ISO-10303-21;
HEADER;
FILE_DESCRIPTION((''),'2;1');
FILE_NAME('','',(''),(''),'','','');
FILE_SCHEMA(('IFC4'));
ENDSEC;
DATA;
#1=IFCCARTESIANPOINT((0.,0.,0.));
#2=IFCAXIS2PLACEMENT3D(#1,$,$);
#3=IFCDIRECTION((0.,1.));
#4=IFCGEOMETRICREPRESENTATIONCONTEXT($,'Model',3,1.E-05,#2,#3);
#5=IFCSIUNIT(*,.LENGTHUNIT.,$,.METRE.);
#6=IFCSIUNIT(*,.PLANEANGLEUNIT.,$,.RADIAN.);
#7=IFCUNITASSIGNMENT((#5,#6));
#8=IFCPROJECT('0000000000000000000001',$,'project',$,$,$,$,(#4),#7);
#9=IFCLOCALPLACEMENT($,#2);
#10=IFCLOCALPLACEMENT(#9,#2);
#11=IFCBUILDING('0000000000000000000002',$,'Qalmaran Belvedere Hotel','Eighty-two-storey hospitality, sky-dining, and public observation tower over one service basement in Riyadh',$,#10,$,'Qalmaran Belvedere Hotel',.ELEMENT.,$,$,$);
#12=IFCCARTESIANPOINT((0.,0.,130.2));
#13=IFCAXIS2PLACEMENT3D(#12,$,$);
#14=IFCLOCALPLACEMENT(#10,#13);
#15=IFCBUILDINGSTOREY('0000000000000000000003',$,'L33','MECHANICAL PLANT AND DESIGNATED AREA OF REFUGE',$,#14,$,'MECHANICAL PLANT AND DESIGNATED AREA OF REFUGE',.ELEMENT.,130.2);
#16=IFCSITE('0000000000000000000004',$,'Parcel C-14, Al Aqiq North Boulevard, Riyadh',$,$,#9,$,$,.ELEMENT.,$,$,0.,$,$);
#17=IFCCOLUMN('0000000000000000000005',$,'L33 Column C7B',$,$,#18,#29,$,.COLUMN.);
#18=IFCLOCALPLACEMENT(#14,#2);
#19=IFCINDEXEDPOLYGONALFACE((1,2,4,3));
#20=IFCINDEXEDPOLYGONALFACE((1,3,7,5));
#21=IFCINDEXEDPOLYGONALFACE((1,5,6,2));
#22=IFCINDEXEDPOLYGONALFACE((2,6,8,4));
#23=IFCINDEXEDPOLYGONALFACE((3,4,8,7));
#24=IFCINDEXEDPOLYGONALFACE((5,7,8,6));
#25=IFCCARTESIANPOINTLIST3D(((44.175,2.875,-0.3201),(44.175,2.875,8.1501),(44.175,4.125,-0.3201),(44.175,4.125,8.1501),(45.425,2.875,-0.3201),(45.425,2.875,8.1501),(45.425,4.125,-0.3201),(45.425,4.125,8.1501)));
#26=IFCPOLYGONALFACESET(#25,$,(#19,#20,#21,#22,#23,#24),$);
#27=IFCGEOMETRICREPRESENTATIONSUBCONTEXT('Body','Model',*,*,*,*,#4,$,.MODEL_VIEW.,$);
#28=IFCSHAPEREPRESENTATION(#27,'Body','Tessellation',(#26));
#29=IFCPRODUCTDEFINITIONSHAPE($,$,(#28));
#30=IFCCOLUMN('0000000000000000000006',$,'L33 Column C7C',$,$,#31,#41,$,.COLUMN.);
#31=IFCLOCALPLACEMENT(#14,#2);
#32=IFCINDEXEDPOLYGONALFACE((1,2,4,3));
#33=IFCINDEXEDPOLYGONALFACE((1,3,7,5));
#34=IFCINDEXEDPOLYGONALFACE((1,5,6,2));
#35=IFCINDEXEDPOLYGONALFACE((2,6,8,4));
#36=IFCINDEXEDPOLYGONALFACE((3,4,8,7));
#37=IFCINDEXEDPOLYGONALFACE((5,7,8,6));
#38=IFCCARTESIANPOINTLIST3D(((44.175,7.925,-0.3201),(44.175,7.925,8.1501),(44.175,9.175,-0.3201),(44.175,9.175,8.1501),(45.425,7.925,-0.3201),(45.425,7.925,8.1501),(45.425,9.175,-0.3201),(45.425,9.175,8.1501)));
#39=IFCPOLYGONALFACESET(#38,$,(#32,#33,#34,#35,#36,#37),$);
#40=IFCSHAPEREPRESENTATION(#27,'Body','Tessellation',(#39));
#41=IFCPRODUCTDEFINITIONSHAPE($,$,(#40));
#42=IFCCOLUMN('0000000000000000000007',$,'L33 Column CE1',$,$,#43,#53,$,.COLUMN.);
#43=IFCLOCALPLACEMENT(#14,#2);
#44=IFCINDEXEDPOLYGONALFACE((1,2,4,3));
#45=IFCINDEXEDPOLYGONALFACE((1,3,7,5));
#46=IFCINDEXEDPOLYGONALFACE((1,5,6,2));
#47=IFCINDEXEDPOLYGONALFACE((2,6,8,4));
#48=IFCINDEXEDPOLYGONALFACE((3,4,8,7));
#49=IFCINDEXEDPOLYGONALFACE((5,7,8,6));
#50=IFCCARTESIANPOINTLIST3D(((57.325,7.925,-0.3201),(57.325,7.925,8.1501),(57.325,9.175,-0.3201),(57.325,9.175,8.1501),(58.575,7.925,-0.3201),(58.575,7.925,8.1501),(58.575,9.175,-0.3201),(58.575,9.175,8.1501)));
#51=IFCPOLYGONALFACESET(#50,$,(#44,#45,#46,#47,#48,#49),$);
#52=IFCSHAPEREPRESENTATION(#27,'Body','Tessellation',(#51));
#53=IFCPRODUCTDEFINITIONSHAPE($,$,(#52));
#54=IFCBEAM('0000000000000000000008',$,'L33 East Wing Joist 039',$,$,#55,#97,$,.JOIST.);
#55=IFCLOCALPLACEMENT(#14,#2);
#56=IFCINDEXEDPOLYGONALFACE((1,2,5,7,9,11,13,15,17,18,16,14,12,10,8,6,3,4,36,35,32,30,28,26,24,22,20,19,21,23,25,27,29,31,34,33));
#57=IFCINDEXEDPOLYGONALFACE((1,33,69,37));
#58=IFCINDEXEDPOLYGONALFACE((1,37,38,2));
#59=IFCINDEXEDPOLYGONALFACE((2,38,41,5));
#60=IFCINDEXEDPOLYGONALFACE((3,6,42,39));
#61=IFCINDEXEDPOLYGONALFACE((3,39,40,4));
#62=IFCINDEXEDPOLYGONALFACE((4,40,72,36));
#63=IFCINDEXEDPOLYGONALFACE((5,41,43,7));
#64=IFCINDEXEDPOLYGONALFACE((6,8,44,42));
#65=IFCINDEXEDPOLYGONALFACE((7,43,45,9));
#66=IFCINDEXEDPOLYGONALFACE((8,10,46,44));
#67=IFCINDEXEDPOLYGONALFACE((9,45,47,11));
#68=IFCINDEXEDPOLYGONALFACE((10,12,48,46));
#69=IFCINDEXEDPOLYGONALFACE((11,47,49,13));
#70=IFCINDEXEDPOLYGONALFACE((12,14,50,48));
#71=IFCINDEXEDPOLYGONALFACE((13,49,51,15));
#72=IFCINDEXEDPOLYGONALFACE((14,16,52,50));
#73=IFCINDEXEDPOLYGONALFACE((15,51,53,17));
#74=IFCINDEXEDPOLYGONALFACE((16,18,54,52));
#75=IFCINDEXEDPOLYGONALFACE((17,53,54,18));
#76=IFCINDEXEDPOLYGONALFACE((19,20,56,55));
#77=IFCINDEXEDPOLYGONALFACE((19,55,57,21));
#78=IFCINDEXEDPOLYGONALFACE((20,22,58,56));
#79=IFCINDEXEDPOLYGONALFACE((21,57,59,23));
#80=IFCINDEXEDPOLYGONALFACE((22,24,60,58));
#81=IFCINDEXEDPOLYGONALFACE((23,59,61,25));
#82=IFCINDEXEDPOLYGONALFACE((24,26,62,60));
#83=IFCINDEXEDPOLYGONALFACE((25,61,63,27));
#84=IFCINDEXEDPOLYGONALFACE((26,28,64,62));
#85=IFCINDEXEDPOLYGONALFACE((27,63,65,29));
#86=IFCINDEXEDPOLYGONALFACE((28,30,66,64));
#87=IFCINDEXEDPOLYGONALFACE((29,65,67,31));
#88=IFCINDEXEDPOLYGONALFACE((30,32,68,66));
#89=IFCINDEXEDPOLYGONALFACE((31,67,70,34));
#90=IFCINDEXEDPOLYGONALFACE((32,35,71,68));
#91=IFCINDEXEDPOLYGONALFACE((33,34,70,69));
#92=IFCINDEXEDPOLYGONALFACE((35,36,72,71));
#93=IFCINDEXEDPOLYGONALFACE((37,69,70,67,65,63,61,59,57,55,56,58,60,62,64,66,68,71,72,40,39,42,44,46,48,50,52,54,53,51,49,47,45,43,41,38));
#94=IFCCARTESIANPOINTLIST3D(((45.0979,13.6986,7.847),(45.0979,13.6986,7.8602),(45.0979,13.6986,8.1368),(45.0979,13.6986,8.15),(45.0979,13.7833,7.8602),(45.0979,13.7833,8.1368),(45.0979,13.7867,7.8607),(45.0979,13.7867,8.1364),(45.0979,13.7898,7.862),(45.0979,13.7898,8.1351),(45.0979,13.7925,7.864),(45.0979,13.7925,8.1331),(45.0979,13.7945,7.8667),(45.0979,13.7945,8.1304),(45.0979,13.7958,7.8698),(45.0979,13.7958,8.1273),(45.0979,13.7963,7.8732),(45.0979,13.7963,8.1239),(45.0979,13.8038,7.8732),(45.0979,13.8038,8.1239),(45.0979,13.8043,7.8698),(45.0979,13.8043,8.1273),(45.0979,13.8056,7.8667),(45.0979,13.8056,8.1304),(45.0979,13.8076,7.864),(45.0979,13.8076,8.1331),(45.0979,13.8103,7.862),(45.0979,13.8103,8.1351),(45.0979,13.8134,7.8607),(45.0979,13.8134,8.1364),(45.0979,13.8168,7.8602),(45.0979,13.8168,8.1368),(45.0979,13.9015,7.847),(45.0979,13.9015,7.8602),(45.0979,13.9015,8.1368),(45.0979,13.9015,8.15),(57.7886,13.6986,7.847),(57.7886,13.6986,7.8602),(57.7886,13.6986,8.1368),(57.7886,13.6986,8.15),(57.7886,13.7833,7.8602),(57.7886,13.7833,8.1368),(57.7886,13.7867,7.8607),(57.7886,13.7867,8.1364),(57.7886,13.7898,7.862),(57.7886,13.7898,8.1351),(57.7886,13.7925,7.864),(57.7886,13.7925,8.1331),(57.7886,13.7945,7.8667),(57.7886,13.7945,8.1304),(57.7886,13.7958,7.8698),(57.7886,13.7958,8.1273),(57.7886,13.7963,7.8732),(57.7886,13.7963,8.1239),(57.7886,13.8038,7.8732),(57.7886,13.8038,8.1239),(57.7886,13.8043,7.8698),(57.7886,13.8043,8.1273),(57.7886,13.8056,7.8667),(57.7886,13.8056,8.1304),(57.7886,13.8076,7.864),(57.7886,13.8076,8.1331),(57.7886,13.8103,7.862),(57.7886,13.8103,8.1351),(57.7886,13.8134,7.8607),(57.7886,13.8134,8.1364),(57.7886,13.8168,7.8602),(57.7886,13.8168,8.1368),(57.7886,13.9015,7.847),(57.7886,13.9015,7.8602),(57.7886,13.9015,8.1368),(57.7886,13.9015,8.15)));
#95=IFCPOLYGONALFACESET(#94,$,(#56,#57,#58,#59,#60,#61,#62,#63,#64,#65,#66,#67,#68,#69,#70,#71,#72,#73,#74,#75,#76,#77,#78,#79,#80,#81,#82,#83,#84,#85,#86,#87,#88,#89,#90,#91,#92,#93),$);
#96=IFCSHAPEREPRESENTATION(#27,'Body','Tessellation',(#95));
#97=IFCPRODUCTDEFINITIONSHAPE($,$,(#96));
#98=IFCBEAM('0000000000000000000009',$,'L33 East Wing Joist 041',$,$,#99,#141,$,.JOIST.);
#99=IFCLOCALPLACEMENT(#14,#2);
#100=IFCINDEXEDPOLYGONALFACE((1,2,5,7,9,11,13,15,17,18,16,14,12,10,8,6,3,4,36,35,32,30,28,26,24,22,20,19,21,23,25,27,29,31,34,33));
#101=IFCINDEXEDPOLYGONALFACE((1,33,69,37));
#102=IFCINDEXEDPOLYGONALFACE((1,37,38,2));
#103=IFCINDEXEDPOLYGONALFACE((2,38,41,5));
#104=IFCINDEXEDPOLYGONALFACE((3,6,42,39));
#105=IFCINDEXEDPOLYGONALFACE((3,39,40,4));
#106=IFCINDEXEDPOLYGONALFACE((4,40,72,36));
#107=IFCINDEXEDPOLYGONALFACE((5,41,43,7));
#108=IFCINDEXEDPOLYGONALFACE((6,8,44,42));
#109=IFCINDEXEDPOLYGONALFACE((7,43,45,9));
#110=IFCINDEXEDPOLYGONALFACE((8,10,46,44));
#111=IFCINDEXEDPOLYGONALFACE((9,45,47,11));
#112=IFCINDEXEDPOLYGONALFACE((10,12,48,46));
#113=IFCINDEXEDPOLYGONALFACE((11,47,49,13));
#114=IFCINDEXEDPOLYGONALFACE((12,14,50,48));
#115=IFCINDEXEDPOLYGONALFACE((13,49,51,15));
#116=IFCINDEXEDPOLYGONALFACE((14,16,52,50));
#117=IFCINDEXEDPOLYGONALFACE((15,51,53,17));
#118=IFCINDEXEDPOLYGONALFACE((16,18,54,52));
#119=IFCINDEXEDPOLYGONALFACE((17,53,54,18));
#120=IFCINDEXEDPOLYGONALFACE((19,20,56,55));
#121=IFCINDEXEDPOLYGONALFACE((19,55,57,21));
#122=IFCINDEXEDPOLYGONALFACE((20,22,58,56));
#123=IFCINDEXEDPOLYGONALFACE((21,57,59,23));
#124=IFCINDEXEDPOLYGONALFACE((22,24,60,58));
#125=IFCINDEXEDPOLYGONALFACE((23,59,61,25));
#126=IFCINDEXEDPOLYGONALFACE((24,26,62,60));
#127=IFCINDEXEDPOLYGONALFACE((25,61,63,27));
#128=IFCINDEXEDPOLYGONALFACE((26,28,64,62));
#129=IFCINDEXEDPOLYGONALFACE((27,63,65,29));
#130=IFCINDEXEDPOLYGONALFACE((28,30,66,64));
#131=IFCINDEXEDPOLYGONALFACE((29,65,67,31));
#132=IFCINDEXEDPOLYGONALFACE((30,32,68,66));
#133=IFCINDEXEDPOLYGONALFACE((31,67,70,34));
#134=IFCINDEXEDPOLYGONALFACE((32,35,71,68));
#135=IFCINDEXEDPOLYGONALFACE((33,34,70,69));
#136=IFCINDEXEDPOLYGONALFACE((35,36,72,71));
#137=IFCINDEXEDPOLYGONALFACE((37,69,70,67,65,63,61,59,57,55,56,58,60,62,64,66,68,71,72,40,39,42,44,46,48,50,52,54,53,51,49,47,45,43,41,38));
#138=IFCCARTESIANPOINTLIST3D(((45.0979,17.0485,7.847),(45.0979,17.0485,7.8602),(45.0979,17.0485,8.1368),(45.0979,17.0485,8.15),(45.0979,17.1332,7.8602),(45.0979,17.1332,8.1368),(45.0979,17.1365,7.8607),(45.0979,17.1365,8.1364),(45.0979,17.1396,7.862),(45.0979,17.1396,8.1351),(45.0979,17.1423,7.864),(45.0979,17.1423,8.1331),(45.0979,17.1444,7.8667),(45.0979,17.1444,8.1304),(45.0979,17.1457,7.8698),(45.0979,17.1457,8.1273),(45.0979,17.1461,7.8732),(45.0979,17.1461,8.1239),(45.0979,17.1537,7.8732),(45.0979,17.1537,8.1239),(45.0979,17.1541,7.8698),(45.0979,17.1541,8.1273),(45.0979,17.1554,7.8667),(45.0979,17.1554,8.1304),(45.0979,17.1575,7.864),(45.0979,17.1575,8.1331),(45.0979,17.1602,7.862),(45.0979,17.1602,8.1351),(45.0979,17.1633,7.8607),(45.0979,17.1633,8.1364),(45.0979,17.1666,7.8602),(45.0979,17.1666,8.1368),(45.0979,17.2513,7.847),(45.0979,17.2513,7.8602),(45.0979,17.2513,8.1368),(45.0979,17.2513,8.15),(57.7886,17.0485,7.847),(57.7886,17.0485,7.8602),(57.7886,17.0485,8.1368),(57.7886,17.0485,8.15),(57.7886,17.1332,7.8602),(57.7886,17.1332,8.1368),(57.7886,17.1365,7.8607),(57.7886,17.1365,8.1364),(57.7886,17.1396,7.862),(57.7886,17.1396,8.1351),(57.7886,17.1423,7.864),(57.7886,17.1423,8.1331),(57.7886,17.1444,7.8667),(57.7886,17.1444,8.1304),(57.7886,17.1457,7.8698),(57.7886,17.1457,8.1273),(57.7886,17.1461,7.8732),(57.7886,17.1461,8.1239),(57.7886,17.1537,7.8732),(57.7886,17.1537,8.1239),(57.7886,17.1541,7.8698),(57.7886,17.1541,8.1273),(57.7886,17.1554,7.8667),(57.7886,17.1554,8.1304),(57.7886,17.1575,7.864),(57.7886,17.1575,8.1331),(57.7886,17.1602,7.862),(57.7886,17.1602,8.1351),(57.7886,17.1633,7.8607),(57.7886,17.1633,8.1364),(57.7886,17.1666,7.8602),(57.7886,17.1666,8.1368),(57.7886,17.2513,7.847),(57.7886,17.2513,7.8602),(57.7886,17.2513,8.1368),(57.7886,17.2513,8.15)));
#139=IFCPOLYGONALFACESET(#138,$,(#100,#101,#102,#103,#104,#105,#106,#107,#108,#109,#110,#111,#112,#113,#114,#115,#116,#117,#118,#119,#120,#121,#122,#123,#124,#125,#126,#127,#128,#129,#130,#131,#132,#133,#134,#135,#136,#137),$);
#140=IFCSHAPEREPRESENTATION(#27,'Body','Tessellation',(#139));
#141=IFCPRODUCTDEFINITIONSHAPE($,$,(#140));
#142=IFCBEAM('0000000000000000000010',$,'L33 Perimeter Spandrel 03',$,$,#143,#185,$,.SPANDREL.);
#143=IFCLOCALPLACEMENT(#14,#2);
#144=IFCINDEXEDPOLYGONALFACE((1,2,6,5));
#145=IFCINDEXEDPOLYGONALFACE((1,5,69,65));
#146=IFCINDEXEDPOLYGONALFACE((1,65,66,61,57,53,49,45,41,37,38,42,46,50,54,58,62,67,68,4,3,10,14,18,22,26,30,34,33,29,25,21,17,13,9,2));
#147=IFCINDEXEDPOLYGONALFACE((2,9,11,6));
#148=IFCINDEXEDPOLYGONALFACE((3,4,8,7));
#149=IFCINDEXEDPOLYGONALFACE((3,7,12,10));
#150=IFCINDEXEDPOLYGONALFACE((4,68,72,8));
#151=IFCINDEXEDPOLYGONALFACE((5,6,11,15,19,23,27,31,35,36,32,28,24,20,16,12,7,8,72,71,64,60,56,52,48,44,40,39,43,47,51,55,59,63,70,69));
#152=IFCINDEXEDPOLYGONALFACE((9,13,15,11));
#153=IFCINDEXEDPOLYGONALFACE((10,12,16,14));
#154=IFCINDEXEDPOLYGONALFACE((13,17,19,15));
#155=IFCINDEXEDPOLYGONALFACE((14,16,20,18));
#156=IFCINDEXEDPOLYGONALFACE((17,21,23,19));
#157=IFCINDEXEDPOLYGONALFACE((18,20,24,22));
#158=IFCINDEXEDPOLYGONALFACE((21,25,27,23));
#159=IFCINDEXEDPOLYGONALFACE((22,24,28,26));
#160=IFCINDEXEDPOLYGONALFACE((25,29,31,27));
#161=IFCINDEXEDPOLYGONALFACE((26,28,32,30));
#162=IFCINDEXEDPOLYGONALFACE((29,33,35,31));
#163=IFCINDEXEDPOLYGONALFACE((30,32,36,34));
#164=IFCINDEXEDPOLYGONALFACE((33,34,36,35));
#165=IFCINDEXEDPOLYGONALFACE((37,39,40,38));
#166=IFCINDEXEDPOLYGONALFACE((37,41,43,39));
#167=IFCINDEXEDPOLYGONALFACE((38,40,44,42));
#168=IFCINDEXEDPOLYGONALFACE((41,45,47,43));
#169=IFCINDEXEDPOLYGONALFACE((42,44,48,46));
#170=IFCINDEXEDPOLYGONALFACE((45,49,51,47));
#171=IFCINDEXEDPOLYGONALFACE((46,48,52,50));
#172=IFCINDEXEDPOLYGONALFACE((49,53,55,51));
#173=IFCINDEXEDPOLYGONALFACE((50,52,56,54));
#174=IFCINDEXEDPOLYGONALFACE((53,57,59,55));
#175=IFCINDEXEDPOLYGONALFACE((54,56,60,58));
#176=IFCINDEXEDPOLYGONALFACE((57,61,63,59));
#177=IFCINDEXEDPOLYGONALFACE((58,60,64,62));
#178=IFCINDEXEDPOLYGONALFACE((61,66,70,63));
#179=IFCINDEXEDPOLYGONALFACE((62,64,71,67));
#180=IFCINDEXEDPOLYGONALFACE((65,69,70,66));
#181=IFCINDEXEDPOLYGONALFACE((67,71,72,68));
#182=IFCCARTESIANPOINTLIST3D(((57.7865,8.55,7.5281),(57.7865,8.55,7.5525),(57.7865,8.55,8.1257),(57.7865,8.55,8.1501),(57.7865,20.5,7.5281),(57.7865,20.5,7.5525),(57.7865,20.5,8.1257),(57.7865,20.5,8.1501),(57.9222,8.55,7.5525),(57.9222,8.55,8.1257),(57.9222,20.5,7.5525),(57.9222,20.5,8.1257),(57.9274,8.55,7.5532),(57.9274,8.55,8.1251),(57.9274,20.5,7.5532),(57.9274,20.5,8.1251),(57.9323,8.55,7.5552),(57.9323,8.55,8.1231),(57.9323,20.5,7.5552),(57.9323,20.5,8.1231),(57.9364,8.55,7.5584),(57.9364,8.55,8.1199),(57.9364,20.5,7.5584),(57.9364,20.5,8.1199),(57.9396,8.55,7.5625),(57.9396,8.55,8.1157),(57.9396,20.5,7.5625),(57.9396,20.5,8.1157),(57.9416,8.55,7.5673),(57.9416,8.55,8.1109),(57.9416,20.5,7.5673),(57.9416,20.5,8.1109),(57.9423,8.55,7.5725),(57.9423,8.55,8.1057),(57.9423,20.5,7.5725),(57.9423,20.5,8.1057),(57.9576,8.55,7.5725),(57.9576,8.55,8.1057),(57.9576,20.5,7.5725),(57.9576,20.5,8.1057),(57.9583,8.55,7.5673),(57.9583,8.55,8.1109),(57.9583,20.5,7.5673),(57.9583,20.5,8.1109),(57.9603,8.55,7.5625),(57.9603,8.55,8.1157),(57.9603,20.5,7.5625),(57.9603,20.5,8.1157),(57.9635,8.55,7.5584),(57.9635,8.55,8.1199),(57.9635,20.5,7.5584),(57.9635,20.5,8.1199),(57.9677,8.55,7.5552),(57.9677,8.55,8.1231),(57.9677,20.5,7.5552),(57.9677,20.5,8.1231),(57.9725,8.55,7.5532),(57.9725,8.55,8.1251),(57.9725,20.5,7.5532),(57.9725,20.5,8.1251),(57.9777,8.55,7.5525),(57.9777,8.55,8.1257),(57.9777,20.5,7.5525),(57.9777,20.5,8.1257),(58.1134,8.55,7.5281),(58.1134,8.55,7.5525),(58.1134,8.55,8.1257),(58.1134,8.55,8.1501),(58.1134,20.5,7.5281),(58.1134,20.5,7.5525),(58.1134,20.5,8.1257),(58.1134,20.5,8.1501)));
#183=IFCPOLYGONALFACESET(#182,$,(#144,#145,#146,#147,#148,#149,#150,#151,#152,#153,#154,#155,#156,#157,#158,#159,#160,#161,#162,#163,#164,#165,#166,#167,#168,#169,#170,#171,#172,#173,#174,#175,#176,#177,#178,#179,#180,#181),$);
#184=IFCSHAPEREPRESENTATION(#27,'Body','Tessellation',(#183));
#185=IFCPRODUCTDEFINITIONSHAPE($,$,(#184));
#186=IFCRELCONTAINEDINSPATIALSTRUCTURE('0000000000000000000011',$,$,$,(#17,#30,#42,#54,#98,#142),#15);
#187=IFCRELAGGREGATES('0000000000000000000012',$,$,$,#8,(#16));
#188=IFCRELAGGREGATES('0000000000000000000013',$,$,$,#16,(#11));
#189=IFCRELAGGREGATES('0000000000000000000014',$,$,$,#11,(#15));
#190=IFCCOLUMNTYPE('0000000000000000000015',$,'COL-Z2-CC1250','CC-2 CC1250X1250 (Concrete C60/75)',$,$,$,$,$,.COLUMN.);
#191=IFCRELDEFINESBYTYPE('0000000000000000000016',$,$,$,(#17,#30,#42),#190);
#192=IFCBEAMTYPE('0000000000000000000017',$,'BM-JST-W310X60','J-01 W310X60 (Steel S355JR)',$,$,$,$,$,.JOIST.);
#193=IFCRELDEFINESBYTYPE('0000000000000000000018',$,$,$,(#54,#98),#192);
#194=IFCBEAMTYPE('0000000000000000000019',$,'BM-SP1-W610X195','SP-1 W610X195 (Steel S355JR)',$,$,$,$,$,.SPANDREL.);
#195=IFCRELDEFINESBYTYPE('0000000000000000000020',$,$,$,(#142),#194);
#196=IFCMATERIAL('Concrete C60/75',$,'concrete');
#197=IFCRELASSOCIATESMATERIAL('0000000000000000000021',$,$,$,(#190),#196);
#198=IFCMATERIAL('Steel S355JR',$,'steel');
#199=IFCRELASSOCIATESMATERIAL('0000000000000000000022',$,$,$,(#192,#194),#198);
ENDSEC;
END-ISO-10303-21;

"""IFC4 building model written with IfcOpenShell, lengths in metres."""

from ifc_helpers import new_model, si_unit, direction, frame, origin, origin_2d, place, context, subcontext, project, spatial, rectangle, i_section, extrude, material, material_profile, profile_set, type_object, element, save


model = new_model("IFC4")

# Units and contexts
model_context = context("Model", 3, precision=1e-05, world=origin(), true_north=direction((0.0, 1.0)))
body_context = subcontext(model_context, "Body", "Model", "MODEL_VIEW")
ifc_project = project(units=[si_unit("LENGTHUNIT", "METRE"), si_unit("PLANEANGLEUNIT", "RADIAN")], contexts=[model_context])

# Site, building, storey
site_placement = place(None, origin())
site = spatial("IfcSite", under=ifc_project, at=site_placement, Name="Parcel C-14, Al Aqiq North Boulevard, Riyadh", CompositionType="ELEMENT", RefElevation=0.0)
building_placement = place(site_placement, origin())
building = spatial("IfcBuilding", under=site, at=building_placement, Name="Qalmaran Belvedere Hotel", Description="Eighty-two-storey hospitality, sky-dining, and public observation tower over one service basement in Riyadh", LongName="Qalmaran Belvedere Hotel", CompositionType="ELEMENT")
storey_placement = place(building_placement, frame((0.0, 0.0, 130.2)))
storey = spatial("IfcBuildingStorey", under=building, at=storey_placement, Name="L33", Description="MECHANICAL PLANT AND DESIGNATED AREA OF REFUGE", LongName="MECHANICAL PLANT AND DESIGNATED AREA OF REFUGE", CompositionType="ELEMENT", Elevation=130.2)

# Columns
ifc_material_1 = material(Name="Concrete C60/75", Category="concrete")
ifc_material_profile_1 = material_profile(ifc_material_1, rectangle(XDim=1.25, YDim=1.25, at=origin_2d()), Name="CC1250X1250")
ifc_profile_set_1 = profile_set([ifc_material_profile_1], Name="Concrete C60/75")
column_type = type_object("IfcColumnType", Name="COL-Z2-CC1250", Description="CC-2 CC1250X1250 (Concrete C60/75)", PredefinedType="COLUMN", material=ifc_profile_set_1)
for number, where, z_axis, x_axis, name in (
    (1, (44.8, 3.5, -0.3201), (0.0, 0.0, 1.0), (1.0, 0.0, 0.0), "L33 Column C7B"),
    (2, (44.8, 8.55, -0.3201), (0.0, 0.0, 1.0), (1.0, 0.0, 0.0), "L33 Column C7C"),
    (3, (57.95, 8.55, -0.3201), (0.0, 0.0, 1.0), (1.0, 0.0, 0.0), "L33 Column CE1"),
):
    element("IfcColumn", number, at=place(storey_placement, frame(where, z_axis=z_axis, x_axis=x_axis)), inside=storey, type_object=column_type, Name=name, PredefinedType="COLUMN", context=body_context, shape_type="SweptSolid", body=[
        extrude(rectangle(XDim=1.25, YDim=1.25, at=origin_2d()), origin(), (0.0, 0.0, 1.0), 8.4702),
    ])

# Beams
ifc_material_2 = material(Name="Steel S355JR", Category="steel")
ifc_material_profile_2 = material_profile(ifc_material_2, i_section(OverallWidth=0.2029, OverallDepth=0.303, WebThickness=0.0076, FlangeThickness=0.0132, FilletRadius=0.0129, at=origin_2d()), Name="W310X60")
ifc_profile_set_2 = profile_set([ifc_material_profile_2], Name="Steel S355JR")
beam_type_1 = type_object("IfcBeamType", Name="BM-JST-W310X60", Description="J-01 W310X60 (Steel S355JR)", PredefinedType="JOIST", material=ifc_profile_set_2)
for number, where, z_axis, x_axis, name in (
    (4, (45.0979, 13.8, 7.9985), (1.0, 0.0, 0.0), (0.0, 1.0, 0.0), "L33 East Wing Joist 039"),
    (5, (45.0979, 17.1499, 7.9985), (1.0, 0.0, 0.0), (0.0, 1.0, 0.0), "L33 East Wing Joist 041"),
):
    element("IfcBeam", number, at=place(storey_placement, frame(where, z_axis=z_axis, x_axis=x_axis)), inside=storey, type_object=beam_type_1, Name=name, PredefinedType="JOIST", context=body_context, shape_type="SweptSolid", body=[
        extrude(i_section(OverallWidth=0.2029, OverallDepth=0.303, WebThickness=0.0076, FlangeThickness=0.0132, FilletRadius=0.0129, at=origin_2d()), origin(), (0.0, 0.0, 1.0), 12.6907),
    ])
ifc_material_profile_3 = material_profile(ifc_material_2, i_section(OverallWidth=0.3269, OverallDepth=0.6221, WebThickness=0.0154, FlangeThickness=0.0244, FilletRadius=0.02, at=origin_2d()), Name="W610X195")
ifc_profile_set_3 = profile_set([ifc_material_profile_3], Name="Steel S355JR")
beam_type_2 = type_object("IfcBeamType", Name="BM-SP1-W610X195", Description="SP-1 W610X195 (Steel S355JR)", PredefinedType="SPANDREL", material=ifc_profile_set_3)
beam_1_placement = place(storey_placement, frame((57.95, 8.55, 7.8391), z_axis=(0.0, 1.0, 0.0), x_axis=(-1.0, 0.0, 0.0)))
element("IfcBeam", 6, at=beam_1_placement, inside=storey, type_object=beam_type_2, Name="L33 Perimeter Spandrel 03", PredefinedType="SPANDREL", context=body_context, shape_type="SweptSolid", body=[
    extrude(i_section(OverallWidth=0.3269, OverallDepth=0.6221, WebThickness=0.0154, FlangeThickness=0.0244, FilletRadius=0.02, at=origin_2d()), origin(), (0.0, 0.0, 1.0), 11.95),
])

save(model, "model.ifc")
